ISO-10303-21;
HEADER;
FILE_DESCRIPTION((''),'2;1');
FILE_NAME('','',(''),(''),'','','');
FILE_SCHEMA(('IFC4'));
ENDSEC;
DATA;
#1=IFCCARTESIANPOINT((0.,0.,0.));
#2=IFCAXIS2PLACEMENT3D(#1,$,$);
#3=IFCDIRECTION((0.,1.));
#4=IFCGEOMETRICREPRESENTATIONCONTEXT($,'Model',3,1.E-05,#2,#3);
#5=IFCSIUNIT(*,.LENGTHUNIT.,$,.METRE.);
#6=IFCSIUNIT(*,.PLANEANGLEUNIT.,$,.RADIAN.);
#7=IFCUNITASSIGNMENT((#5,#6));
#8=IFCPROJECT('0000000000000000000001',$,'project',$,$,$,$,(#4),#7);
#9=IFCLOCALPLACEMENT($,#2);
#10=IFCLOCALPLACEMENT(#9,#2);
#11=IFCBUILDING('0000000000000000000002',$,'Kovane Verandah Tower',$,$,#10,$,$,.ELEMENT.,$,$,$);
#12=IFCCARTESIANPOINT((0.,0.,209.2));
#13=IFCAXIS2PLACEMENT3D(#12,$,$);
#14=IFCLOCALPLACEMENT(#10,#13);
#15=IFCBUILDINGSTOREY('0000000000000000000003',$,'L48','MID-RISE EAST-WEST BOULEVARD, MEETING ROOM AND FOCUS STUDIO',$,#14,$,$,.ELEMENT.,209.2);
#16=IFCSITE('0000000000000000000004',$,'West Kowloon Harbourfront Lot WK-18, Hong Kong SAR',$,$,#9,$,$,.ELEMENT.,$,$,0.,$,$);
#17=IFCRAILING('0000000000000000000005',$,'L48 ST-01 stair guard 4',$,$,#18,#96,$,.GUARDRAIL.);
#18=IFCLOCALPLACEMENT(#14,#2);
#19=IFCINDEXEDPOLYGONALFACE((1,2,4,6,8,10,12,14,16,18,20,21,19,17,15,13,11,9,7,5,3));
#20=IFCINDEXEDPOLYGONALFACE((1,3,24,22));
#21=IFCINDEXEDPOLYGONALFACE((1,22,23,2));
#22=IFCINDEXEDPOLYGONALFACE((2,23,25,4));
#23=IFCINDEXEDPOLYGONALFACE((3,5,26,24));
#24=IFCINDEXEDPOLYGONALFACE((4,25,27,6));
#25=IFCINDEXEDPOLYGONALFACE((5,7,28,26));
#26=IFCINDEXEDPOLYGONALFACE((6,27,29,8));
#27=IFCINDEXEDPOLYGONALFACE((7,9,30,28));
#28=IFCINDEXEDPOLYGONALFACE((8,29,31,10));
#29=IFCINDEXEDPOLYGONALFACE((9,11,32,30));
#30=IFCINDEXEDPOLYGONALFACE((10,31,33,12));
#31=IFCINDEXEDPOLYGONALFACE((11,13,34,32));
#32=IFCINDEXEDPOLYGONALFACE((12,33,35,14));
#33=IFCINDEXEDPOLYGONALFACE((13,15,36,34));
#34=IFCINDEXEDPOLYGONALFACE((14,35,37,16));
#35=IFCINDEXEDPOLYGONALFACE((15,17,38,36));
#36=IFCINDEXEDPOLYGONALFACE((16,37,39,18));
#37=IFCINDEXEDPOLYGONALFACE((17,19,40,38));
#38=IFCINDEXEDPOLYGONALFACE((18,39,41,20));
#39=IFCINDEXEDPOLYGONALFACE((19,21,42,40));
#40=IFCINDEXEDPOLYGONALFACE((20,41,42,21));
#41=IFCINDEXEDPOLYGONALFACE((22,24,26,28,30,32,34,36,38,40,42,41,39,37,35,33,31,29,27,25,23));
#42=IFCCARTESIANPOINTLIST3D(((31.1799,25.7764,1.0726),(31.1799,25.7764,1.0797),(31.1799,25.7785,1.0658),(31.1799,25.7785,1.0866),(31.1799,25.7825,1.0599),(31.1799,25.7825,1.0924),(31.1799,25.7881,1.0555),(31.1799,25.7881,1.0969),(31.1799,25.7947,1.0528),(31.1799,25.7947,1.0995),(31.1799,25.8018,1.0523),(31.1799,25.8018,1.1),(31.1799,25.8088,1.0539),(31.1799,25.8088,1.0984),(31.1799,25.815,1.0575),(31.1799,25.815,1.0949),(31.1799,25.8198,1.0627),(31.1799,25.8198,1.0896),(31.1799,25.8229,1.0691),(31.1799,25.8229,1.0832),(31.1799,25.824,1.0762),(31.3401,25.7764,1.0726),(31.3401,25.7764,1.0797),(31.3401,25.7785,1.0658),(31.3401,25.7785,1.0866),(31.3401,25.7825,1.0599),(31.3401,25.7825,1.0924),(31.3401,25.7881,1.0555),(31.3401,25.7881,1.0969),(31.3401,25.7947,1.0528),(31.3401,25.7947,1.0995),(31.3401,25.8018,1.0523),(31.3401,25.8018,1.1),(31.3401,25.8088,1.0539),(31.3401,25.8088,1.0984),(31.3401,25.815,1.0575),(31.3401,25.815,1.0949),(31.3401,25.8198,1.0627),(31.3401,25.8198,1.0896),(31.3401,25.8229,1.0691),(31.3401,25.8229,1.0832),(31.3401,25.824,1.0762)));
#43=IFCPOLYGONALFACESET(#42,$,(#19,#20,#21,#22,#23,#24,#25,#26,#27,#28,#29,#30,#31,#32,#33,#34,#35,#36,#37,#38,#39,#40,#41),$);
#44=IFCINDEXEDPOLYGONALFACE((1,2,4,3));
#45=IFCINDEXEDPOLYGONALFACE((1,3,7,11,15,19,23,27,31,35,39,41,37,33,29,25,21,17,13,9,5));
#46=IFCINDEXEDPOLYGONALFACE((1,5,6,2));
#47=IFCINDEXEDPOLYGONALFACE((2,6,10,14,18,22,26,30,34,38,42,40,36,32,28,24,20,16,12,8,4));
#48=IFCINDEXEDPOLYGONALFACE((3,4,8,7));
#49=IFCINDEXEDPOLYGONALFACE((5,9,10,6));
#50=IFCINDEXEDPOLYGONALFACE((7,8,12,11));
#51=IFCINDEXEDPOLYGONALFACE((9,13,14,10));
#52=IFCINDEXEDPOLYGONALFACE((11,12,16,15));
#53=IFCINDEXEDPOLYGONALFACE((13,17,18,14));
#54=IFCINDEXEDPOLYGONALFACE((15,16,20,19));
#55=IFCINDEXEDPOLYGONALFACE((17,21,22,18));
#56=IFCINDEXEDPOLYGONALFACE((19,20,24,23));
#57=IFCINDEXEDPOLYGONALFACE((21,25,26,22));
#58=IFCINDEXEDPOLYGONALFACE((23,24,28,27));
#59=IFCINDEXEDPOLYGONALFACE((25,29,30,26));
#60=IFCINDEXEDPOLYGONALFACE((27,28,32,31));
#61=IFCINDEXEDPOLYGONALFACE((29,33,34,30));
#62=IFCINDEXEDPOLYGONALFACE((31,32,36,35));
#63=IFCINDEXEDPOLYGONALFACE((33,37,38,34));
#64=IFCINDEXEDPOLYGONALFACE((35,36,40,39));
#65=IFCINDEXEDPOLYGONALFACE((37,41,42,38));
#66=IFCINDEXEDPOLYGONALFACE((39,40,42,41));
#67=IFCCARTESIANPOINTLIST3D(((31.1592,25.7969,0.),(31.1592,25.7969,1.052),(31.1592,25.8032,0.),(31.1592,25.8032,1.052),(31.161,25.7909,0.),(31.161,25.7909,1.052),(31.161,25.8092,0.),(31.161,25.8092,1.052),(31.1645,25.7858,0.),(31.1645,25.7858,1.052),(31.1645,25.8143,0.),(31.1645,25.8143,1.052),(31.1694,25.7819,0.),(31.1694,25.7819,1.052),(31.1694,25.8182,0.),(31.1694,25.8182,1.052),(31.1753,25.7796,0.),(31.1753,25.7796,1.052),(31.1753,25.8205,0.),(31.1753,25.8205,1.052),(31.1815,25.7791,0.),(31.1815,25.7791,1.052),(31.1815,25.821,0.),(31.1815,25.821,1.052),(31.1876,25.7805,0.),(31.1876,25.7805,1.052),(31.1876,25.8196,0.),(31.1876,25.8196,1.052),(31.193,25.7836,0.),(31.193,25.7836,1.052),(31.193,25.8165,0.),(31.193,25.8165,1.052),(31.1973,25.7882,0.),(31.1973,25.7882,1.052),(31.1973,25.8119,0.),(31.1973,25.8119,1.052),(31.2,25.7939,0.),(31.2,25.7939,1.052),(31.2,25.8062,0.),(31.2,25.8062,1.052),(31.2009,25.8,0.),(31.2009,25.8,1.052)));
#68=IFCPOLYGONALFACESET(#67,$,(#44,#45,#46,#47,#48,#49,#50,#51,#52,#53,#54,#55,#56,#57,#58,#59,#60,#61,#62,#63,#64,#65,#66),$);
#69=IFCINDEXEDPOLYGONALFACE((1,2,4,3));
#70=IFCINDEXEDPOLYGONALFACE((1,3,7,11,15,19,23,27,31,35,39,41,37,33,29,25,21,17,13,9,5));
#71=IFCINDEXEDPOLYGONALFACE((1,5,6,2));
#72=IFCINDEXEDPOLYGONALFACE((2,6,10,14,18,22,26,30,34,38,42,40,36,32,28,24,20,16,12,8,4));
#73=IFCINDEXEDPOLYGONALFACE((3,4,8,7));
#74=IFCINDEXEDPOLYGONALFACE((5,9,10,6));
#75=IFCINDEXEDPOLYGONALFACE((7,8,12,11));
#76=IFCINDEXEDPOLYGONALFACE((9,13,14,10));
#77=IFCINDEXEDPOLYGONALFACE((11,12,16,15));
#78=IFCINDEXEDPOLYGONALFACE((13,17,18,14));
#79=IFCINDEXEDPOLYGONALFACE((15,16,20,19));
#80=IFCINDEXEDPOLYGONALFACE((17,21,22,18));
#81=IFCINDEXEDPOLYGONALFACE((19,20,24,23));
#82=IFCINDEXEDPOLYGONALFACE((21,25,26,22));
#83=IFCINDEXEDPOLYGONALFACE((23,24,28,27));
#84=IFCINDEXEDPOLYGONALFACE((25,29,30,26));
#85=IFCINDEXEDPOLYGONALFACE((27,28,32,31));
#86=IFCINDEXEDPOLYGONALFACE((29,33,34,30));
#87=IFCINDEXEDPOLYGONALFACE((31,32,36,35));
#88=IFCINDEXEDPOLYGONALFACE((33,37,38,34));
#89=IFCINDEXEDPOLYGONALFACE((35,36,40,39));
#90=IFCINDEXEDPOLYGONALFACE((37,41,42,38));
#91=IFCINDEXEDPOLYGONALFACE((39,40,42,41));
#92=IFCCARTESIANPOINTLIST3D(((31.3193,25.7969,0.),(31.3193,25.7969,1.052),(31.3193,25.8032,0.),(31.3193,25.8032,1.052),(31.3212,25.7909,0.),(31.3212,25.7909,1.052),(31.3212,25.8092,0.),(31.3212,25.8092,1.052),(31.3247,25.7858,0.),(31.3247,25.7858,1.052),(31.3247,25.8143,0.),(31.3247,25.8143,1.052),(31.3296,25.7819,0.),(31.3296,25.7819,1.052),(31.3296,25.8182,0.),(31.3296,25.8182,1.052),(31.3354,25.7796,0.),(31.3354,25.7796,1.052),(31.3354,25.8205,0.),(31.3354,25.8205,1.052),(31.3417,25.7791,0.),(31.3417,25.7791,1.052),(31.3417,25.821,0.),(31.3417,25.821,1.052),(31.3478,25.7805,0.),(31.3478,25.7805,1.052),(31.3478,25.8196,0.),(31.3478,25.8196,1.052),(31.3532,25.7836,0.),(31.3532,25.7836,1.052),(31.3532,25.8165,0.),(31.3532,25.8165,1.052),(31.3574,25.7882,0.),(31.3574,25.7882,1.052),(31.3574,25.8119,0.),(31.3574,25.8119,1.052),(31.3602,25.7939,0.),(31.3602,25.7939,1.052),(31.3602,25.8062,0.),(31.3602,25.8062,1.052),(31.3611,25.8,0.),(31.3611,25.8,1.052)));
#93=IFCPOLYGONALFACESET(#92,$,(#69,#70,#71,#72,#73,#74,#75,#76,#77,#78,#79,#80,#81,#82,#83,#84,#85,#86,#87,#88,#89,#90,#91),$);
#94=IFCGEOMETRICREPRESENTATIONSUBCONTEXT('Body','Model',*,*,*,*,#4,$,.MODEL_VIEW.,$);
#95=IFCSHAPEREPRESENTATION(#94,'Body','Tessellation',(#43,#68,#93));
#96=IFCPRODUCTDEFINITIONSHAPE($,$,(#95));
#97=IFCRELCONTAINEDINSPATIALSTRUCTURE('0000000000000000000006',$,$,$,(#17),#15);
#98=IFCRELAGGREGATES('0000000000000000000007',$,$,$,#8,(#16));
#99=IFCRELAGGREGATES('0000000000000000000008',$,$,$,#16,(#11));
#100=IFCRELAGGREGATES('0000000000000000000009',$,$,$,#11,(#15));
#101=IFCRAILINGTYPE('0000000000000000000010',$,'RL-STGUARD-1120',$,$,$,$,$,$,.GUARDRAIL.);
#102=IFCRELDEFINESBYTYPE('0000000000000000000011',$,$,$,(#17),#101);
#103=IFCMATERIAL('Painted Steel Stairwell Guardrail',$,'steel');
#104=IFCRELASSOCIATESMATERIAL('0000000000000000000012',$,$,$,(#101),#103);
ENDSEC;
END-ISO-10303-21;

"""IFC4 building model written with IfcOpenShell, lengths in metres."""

from ifc_helpers import new_model, si_unit, direction, frame, origin, origin_2d, place, context, subcontext, project, spatial, circle, extrude, material, type_object, element, save


model = new_model("IFC4")

# Units and contexts
model_context = context("Model", 3, precision=1e-05, world=origin(), true_north=direction((0.0, 1.0)))
body_context = subcontext(model_context, "Body", "Model", "MODEL_VIEW")
ifc_project = project(units=[si_unit("LENGTHUNIT", "METRE"), si_unit("PLANEANGLEUNIT", "RADIAN")], contexts=[model_context])

# Site, building, storey
site_placement = place(None, origin())
site = spatial("IfcSite", under=ifc_project, at=site_placement, Name="West Kowloon Harbourfront Lot WK-18, Hong Kong SAR", CompositionType="ELEMENT", RefElevation=0.0)
building_placement = place(site_placement, origin())
building = spatial("IfcBuilding", under=site, at=building_placement, Name="Kovane Verandah Tower", CompositionType="ELEMENT")
storey_placement = place(building_placement, frame((0.0, 0.0, 209.2)))
storey = spatial("IfcBuildingStorey", under=building, at=storey_placement, Name="L48", Description="MID-RISE EAST-WEST BOULEVARD, MEETING ROOM AND FOCUS STUDIO", CompositionType="ELEMENT", Elevation=209.2)

# Railing
ifc_material_1 = material(Name="Painted Steel Stairwell Guardrail", Category="steel")
railing_type_1 = type_object("IfcRailingType", Name="RL-STGUARD-1120", PredefinedType="GUARDRAIL", material=ifc_material_1)
railing_1_placement = place(storey_placement, frame((31.1799, 25.8, 0.0)))
element("IfcRailing", 1, at=railing_1_placement, inside=storey, type_object=railing_type_1, Name="L48 ST-01 stair guard 4", PredefinedType="GUARDRAIL", context=body_context, shape_type="SweptSolid", body=[
    extrude(circle(Radius=0.0239, at=origin_2d()), frame((0.0, 0.0, 1.0762), z_axis=(1.0, 0.0, 0.0), x_axis=(0.0, 1.0, 0.0)), (0.0, 0.0, 1.0), 0.1602),
    extrude(circle(Radius=0.021, at=origin_2d()), origin(), (0.0, 0.0, 1.0), 1.052),
    extrude(circle(Radius=0.021, at=origin_2d()), frame((0.1602, 0.0, 0.0)), (0.0, 0.0, 1.0), 1.052),
])

save(model, "model.ifc")
